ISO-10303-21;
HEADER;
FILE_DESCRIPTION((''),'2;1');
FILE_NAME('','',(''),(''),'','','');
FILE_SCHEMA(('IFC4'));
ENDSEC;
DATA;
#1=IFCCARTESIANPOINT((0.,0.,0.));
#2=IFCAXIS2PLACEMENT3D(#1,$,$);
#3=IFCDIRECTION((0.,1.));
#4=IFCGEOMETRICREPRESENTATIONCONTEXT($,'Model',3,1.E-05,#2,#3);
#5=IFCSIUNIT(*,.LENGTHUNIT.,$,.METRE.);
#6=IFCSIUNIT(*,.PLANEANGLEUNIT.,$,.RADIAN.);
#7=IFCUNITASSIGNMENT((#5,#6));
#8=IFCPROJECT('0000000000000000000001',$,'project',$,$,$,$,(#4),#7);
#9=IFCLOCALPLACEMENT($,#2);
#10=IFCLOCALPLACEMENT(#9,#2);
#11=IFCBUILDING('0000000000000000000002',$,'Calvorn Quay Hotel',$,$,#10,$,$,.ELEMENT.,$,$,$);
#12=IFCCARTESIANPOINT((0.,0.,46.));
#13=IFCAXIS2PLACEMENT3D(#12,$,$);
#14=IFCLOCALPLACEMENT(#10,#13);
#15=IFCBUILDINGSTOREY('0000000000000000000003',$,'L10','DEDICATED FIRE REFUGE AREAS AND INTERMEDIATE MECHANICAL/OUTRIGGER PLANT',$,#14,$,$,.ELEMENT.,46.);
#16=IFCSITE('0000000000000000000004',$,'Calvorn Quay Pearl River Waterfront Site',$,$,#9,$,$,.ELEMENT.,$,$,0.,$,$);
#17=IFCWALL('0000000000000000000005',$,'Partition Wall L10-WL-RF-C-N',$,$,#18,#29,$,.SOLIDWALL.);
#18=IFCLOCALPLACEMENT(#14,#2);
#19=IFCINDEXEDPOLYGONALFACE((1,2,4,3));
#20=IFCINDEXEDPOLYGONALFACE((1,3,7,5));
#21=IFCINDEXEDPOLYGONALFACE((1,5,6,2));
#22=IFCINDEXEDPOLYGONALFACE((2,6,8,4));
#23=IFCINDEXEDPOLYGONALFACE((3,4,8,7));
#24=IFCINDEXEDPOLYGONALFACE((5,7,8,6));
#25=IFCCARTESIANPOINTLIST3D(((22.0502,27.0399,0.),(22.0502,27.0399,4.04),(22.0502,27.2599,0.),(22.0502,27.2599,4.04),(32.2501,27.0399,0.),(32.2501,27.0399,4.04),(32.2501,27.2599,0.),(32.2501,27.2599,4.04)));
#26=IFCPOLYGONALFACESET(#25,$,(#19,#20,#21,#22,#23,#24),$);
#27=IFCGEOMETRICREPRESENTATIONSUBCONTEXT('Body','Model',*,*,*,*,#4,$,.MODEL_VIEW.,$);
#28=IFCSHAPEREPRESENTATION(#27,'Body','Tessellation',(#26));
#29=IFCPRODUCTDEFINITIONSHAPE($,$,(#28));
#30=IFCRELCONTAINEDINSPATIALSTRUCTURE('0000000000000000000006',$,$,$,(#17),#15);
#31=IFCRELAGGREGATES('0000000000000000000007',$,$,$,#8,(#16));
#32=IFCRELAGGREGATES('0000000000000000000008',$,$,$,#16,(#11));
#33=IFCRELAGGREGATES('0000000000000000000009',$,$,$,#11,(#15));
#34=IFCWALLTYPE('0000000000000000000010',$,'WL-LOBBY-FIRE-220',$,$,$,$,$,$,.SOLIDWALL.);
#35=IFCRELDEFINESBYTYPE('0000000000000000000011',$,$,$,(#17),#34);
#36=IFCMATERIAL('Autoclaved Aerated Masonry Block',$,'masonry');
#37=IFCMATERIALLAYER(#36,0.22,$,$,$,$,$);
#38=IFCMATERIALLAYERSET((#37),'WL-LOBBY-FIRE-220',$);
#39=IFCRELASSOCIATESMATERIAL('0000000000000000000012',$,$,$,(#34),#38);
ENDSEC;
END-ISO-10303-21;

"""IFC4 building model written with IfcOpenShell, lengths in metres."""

from ifc_helpers import new_model, si_unit, direction, frame, frame_2d, origin, place, context, subcontext, project, spatial, rectangle, extrude, material, layer, layer_set, type_object, element, save


model = new_model("IFC4")

# Units and contexts
model_context = context("Model", 3, precision=1e-05, world=origin(), true_north=direction((0.0, 1.0)))
body_context = subcontext(model_context, "Body", "Model", "MODEL_VIEW")
ifc_project = project(units=[si_unit("LENGTHUNIT", "METRE"), si_unit("PLANEANGLEUNIT", "RADIAN")], contexts=[model_context])

# Site, building, storey
site_placement = place(None, origin())
site = spatial("IfcSite", under=ifc_project, at=site_placement, Name="Calvorn Quay Pearl River Waterfront Site", CompositionType="ELEMENT", RefElevation=0.0)
building_placement = place(site_placement, origin())
building = spatial("IfcBuilding", under=site, at=building_placement, Name="Calvorn Quay Hotel", CompositionType="ELEMENT")
storey_placement = place(building_placement, frame((0.0, 0.0, 46.0)))
storey = spatial("IfcBuildingStorey", under=building, at=storey_placement, Name="L10", Description="DEDICATED FIRE REFUGE AREAS AND INTERMEDIATE MECHANICAL/OUTRIGGER PLANT", CompositionType="ELEMENT", Elevation=46.0)

# Wall
ifc_material_1 = material(Name="Autoclaved Aerated Masonry Block", Category="masonry")
ifc_layer_1 = layer(ifc_material_1, 0.22)
ifc_layer_set_1 = layer_set([ifc_layer_1], Name="WL-LOBBY-FIRE-220")
wall_type_1 = type_object("IfcWallType", Name="WL-LOBBY-FIRE-220", PredefinedType="SOLIDWALL", material=ifc_layer_set_1)
wall_1_placement = place(storey_placement, frame((22.05, 27.1499, 0.0), z_axis=(0.0, 0.0, 1.0), x_axis=(1.0, 0.0, 0.0)))
element("IfcWall", 1, at=wall_1_placement, inside=storey, type_object=wall_type_1, Name="Partition Wall L10-WL-RF-C-N", PredefinedType="SOLIDWALL", context=body_context, shape_type="SweptSolid", body=[
    extrude(rectangle(XDim=10.2, YDim=0.22, at=frame_2d((5.1001, 0.0))), origin(), (0.0, 0.0, 1.0), 4.04),
])

save(model, "model.ifc")
